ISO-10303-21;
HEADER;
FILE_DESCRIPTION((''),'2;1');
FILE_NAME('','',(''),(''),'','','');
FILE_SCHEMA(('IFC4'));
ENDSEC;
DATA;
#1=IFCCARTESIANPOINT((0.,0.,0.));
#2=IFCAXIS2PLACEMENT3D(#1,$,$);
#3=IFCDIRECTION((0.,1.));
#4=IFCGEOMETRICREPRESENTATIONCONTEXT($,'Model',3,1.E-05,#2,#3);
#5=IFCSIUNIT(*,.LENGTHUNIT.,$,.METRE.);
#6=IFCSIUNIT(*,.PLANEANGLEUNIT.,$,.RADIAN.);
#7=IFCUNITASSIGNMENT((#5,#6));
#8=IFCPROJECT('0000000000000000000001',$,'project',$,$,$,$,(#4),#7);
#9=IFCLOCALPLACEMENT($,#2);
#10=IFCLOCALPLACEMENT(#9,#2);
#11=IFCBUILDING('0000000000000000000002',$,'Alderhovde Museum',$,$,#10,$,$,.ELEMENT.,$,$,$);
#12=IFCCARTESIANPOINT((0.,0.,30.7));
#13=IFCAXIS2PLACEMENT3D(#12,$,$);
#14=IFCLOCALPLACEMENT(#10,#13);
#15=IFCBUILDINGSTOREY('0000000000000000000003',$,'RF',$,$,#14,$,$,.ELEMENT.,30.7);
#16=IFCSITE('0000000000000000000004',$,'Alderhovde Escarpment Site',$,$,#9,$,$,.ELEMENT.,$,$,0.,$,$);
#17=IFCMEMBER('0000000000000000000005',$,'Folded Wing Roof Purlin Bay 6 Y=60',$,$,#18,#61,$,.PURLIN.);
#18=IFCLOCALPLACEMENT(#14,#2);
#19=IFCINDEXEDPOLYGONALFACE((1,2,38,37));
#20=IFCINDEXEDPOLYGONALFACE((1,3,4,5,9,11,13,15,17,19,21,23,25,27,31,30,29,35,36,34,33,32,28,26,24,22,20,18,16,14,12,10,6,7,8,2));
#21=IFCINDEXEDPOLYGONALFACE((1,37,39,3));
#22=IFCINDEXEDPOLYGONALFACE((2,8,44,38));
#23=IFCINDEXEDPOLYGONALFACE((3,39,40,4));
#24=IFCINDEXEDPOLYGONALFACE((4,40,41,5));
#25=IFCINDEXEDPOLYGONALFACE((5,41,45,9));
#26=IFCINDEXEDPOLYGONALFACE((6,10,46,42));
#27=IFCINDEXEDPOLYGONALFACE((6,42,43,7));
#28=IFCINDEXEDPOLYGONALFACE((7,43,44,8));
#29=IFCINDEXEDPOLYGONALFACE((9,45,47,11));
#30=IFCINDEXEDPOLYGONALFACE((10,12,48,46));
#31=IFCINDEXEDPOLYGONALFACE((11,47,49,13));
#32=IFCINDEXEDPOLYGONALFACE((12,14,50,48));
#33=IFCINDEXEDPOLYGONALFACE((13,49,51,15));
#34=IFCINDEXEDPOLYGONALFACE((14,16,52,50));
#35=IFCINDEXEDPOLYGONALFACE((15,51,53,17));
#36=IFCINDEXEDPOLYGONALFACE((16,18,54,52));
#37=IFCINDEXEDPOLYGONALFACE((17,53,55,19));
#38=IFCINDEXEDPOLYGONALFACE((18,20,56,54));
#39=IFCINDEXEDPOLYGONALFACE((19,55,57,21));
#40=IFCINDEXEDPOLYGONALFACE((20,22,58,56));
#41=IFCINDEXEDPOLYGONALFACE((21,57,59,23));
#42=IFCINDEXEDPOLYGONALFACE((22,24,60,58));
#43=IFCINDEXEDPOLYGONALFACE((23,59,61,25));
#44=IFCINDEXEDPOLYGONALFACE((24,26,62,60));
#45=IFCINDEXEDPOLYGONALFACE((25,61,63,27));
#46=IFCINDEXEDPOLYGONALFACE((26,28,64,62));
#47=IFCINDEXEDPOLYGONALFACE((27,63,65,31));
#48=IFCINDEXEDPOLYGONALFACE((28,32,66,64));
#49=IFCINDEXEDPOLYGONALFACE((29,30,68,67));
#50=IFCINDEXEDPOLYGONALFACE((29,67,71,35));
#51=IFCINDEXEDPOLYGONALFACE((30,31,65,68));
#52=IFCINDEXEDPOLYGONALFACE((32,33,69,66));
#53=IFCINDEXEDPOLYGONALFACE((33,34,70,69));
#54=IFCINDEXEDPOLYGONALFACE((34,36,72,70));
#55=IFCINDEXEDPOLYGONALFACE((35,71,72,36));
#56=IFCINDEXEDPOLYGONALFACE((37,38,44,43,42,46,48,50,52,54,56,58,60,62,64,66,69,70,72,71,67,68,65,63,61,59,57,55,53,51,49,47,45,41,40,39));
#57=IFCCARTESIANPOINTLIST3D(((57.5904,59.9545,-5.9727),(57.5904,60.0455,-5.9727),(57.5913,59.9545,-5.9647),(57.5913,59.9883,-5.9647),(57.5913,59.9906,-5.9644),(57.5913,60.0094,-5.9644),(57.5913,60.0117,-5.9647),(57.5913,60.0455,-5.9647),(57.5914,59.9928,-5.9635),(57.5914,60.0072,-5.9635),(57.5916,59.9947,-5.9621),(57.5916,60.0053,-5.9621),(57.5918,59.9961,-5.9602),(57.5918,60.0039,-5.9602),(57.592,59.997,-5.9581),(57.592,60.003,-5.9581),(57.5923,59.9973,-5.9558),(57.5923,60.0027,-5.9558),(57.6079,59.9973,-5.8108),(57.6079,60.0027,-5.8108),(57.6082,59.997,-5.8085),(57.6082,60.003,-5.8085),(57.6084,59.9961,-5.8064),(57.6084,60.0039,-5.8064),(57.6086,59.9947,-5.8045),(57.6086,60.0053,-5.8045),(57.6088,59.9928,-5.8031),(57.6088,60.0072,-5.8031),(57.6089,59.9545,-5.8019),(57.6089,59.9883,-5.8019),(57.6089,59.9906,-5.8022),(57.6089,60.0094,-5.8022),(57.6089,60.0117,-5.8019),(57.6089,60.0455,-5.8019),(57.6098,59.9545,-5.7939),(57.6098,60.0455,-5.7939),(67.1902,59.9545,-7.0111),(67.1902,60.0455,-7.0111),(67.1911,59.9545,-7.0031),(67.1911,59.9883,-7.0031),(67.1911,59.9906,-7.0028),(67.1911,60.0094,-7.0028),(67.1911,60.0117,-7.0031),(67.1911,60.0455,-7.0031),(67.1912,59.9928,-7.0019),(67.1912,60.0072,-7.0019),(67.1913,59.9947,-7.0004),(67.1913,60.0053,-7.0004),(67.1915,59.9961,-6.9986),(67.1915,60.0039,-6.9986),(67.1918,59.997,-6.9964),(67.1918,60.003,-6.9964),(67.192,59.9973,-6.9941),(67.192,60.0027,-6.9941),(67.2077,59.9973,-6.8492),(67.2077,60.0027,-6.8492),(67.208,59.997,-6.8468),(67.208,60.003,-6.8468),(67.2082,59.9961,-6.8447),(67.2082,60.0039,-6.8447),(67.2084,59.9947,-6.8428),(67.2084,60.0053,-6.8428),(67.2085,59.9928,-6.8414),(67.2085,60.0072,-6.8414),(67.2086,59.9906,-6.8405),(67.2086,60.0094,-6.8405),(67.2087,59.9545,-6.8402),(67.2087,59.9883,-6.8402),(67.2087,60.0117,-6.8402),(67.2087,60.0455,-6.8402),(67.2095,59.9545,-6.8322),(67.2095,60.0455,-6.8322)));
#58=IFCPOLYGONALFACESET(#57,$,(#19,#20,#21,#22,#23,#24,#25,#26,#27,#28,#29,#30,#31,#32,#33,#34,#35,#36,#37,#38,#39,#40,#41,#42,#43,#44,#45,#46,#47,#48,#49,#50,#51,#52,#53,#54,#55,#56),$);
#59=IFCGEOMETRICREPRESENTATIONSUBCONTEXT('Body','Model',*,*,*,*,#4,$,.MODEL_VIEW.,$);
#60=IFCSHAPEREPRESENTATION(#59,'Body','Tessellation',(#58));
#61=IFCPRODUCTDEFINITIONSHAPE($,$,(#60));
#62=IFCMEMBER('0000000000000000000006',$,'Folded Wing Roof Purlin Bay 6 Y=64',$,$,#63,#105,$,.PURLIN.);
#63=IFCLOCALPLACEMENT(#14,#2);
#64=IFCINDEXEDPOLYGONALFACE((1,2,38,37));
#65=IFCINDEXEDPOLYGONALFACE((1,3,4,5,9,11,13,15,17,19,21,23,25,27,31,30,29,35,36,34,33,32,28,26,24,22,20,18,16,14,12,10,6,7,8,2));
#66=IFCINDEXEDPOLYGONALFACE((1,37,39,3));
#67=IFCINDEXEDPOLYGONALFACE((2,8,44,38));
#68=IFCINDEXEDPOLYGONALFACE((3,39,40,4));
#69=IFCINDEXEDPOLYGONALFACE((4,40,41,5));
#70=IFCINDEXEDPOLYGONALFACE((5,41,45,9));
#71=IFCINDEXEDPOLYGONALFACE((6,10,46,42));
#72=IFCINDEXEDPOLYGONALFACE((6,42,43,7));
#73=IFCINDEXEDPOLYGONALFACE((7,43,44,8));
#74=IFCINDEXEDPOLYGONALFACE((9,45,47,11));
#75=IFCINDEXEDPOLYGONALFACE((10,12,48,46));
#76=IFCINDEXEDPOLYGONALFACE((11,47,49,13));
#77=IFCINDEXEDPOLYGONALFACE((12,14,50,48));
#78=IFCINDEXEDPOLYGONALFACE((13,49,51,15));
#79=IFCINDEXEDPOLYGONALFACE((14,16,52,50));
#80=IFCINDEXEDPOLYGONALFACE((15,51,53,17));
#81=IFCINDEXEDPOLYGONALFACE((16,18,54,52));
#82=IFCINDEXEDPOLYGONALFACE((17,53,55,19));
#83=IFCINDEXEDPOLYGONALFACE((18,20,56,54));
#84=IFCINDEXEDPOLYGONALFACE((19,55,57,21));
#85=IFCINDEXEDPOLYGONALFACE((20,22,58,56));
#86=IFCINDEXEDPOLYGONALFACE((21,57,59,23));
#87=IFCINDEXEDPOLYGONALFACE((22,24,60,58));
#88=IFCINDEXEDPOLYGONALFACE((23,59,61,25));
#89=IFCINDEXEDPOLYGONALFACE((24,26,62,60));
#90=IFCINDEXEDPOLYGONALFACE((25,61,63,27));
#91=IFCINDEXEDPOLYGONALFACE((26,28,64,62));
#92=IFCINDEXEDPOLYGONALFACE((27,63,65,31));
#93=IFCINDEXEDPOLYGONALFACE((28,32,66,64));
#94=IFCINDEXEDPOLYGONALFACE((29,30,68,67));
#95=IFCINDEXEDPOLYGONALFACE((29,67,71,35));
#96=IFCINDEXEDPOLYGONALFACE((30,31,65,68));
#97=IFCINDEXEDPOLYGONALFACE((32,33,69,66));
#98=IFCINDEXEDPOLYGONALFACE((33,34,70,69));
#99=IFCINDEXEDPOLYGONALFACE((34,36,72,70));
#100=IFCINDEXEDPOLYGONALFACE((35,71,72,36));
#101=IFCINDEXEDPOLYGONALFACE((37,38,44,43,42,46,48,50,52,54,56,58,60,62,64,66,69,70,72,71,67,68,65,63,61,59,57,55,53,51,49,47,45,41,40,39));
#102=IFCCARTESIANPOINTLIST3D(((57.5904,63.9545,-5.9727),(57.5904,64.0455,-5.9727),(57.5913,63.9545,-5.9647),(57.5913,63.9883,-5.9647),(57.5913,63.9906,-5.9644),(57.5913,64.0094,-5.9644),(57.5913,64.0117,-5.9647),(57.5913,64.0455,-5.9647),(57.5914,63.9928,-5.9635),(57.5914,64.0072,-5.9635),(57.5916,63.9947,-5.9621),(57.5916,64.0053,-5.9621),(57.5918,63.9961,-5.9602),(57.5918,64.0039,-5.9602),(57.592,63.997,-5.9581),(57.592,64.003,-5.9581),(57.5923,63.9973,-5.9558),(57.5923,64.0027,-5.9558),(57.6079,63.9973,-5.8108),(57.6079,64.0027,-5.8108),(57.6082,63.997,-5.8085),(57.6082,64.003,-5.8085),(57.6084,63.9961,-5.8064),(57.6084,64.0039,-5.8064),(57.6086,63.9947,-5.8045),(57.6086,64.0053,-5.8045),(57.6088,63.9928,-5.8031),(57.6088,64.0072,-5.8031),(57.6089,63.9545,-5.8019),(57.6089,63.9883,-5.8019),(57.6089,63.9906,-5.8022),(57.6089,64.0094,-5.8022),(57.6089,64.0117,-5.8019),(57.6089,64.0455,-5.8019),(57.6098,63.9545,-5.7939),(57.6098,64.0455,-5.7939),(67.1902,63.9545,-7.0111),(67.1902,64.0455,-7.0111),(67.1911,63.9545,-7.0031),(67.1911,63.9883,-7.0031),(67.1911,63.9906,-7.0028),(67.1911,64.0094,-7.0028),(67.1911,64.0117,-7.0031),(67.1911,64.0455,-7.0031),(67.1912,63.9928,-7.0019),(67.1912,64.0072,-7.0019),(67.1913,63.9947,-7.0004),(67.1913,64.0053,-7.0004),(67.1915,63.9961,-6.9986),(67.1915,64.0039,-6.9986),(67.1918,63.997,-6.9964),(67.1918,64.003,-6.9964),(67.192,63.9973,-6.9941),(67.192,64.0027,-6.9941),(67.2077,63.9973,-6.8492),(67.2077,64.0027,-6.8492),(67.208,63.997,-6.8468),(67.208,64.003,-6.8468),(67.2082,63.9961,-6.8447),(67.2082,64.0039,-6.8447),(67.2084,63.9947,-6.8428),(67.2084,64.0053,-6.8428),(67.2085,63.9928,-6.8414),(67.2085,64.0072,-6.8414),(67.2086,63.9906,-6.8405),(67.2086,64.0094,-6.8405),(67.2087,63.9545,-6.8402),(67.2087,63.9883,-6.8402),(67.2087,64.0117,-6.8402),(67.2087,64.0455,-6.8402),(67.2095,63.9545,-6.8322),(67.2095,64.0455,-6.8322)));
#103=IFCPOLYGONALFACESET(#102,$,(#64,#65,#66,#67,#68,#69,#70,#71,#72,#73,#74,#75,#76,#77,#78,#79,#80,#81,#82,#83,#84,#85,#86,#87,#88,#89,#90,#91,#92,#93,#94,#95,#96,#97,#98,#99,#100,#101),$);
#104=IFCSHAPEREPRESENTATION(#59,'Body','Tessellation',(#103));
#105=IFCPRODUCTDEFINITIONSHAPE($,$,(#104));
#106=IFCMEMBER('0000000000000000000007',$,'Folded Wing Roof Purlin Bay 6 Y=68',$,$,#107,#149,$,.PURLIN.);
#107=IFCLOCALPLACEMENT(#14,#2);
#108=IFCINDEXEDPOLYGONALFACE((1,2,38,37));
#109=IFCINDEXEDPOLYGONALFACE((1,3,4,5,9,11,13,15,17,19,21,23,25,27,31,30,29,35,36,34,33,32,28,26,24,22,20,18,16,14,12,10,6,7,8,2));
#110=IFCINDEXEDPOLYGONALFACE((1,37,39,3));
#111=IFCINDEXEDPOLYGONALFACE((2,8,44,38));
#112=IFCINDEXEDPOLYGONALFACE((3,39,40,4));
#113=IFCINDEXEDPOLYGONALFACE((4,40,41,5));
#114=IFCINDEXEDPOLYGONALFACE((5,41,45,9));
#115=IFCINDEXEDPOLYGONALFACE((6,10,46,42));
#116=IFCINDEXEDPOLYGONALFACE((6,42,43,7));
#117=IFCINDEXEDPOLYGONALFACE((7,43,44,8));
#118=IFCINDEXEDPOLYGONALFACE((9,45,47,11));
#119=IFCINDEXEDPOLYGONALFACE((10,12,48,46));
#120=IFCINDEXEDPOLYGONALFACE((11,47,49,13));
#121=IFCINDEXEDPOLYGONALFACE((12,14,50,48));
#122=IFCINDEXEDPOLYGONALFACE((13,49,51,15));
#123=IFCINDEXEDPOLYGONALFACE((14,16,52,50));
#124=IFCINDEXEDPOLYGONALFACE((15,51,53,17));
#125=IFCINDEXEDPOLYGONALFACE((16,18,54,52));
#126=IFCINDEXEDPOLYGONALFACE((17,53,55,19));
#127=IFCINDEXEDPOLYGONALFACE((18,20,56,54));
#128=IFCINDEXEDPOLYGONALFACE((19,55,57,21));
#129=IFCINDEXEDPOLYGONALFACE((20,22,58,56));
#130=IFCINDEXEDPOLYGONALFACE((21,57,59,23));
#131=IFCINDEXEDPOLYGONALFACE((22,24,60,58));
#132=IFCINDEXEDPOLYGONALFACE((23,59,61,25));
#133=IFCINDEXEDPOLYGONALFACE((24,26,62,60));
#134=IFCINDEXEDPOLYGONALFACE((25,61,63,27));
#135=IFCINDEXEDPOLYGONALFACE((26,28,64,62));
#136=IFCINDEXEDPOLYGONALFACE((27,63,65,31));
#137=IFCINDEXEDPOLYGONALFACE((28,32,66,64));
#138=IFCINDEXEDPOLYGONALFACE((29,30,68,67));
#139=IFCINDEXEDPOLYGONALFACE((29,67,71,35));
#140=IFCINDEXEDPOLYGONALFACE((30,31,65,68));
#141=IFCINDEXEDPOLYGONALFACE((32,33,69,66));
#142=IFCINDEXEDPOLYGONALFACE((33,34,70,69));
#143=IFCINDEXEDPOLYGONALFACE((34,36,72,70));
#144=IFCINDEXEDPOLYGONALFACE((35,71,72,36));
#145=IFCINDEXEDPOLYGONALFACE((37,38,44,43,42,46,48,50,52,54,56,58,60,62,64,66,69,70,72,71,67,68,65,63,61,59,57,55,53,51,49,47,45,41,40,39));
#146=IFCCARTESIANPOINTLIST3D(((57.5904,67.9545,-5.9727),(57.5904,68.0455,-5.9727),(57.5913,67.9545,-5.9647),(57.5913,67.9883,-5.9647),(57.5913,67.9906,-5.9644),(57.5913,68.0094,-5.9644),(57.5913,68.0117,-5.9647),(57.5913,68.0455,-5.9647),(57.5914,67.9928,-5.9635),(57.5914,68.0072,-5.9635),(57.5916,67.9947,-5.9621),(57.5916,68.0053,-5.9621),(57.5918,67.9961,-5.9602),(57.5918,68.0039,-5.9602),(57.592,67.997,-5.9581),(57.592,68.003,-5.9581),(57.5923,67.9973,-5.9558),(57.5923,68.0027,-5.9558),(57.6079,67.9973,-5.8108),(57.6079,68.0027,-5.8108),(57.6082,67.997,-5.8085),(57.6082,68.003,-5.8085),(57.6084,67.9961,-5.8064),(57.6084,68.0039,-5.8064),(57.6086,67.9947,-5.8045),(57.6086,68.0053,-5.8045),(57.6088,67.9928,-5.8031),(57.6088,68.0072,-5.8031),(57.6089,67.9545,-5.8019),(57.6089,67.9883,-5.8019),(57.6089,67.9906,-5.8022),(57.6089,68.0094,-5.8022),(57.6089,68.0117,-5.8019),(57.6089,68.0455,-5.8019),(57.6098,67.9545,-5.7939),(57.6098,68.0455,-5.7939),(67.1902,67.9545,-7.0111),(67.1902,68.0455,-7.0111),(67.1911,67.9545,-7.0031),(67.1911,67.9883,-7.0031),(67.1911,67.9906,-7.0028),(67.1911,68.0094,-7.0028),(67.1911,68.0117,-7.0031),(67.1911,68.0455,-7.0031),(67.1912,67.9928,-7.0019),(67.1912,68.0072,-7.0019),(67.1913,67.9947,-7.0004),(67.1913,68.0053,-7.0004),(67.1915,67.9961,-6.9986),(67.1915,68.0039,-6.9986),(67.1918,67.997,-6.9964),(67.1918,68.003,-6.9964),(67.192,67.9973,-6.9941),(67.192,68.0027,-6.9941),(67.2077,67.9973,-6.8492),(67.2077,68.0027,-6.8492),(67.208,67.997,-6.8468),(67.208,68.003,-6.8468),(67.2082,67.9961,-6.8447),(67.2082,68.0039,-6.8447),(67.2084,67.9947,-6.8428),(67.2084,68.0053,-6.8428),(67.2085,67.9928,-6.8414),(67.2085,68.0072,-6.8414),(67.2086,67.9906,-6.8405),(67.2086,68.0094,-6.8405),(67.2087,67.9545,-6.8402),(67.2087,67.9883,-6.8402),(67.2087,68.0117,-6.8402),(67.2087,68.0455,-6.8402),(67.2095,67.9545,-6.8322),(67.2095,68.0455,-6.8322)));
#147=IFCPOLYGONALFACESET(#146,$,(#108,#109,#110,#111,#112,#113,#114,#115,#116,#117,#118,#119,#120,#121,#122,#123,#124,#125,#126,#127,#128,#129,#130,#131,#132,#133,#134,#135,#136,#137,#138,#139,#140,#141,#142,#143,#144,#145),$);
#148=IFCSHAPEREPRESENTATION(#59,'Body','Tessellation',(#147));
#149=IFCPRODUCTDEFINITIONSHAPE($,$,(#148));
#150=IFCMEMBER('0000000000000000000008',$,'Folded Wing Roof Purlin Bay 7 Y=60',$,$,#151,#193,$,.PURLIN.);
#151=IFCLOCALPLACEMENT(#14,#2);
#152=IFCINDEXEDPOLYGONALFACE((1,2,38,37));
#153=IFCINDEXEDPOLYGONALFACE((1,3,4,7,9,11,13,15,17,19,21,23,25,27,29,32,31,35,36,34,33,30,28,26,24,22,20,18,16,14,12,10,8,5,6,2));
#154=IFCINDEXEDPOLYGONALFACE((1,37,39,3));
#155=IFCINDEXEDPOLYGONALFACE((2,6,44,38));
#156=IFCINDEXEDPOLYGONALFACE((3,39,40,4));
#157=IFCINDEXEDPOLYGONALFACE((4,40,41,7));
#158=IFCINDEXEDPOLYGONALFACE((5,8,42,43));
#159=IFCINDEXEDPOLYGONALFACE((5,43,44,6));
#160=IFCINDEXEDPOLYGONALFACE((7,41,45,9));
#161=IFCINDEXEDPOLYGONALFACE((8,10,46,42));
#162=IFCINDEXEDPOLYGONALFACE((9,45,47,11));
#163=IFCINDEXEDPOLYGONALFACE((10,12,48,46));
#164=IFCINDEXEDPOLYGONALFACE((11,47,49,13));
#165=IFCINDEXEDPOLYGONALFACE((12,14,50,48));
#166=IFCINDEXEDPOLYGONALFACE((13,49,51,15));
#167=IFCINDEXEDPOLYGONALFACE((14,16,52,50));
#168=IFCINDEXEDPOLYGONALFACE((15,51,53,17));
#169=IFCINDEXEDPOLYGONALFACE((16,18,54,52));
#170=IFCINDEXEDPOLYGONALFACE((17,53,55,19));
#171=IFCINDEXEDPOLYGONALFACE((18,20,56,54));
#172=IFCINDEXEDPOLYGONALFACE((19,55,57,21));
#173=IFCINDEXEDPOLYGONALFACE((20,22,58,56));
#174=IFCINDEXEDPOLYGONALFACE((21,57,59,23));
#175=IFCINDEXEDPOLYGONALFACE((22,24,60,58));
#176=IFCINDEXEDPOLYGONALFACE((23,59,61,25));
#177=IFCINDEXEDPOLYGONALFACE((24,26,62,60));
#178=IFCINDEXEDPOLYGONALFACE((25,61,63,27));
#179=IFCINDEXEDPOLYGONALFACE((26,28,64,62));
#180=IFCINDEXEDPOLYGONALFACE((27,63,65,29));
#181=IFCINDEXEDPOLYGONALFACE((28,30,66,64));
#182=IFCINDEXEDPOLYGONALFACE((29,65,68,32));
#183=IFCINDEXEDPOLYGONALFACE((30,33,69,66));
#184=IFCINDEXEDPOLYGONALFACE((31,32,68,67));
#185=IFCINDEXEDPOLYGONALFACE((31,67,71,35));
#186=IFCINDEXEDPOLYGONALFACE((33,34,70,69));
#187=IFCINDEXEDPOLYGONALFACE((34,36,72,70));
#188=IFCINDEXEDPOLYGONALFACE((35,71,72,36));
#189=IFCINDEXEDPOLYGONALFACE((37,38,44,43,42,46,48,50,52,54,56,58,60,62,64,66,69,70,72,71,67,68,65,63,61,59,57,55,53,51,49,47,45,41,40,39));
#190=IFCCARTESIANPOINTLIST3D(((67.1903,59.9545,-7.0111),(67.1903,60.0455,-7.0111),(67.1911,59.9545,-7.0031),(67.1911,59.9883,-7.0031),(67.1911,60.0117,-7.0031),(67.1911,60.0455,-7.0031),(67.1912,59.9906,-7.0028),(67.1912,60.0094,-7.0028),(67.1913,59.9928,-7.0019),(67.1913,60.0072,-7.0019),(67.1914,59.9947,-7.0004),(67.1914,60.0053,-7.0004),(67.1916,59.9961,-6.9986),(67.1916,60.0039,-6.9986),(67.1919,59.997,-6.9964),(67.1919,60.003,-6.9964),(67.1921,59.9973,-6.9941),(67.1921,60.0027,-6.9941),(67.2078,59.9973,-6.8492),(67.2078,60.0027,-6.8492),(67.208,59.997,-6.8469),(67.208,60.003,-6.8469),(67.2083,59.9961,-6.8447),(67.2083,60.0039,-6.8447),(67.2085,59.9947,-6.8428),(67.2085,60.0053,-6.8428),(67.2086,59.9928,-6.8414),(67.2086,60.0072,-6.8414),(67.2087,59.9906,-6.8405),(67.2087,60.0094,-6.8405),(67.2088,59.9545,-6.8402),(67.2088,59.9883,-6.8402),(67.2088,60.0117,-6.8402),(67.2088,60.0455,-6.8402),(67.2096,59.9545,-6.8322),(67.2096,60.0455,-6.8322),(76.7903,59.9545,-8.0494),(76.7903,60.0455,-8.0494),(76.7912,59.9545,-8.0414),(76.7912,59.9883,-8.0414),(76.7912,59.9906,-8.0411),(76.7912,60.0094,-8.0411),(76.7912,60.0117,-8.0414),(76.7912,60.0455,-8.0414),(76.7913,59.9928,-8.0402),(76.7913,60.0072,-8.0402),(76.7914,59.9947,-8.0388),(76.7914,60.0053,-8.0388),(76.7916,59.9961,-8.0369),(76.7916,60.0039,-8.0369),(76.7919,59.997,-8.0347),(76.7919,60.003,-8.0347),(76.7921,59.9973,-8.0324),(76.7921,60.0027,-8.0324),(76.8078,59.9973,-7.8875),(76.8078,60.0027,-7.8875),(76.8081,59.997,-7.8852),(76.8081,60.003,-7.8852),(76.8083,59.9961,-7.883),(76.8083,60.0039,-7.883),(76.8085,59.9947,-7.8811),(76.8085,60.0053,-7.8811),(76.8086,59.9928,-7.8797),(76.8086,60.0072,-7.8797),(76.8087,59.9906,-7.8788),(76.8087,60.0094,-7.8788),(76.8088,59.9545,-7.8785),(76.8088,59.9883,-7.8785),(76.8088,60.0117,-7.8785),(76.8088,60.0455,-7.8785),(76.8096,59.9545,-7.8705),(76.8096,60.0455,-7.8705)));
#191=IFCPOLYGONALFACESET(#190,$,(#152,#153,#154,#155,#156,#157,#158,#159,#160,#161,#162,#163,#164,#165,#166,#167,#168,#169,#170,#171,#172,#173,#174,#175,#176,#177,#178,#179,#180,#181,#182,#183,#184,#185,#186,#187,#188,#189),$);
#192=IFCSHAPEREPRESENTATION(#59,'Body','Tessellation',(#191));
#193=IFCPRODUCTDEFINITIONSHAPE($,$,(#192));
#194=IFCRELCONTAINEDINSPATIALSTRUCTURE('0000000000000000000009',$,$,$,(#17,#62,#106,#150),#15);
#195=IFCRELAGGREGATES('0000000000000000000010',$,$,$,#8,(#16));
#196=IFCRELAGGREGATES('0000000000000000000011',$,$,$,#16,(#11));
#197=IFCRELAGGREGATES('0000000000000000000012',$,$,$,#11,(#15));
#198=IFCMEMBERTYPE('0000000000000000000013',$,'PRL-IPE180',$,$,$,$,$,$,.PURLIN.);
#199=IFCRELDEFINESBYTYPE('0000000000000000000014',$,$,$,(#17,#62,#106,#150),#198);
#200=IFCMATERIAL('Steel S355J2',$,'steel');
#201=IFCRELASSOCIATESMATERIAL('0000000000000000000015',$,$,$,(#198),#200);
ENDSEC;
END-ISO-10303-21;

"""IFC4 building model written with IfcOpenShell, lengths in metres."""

from ifc_helpers import new_model, si_unit, direction, frame, origin, origin_2d, place, context, subcontext, project, spatial, i_section, extrude, material, material_profile, profile_set, type_object, element, save


model = new_model("IFC4")

# Units and contexts
model_context = context("Model", 3, precision=1e-05, world=origin(), true_north=direction((0.0, 1.0)))
body_context = subcontext(model_context, "Body", "Model", "MODEL_VIEW")
ifc_project = project(units=[si_unit("LENGTHUNIT", "METRE"), si_unit("PLANEANGLEUNIT", "RADIAN")], contexts=[model_context])

# Site, building, storey
site_placement = place(None, origin())
site = spatial("IfcSite", under=ifc_project, at=site_placement, Name="Alderhovde Escarpment Site", CompositionType="ELEMENT", RefElevation=0.0)
building_placement = place(site_placement, origin())
building = spatial("IfcBuilding", under=site, at=building_placement, Name="Alderhovde Museum", CompositionType="ELEMENT")
storey_placement = place(building_placement, frame((0.0, 0.0, 30.7)))
storey = spatial("IfcBuildingStorey", under=building, at=storey_placement, Name="RF", CompositionType="ELEMENT", Elevation=30.7)

# Members
ifc_material_1 = material(Name="Steel S355J2", Category="steel")
ifc_material_profile_1 = material_profile(ifc_material_1, i_section(OverallWidth=0.0911, OverallDepth=0.1799, WebThickness=0.0054, FlangeThickness=0.0081, FilletRadius=0.009, at=origin_2d()), Name="IPE 180")
ifc_profile_set_1 = profile_set([ifc_material_profile_1], Name="Steel S355J2")
member_type_1 = type_object("IfcMemberType", Name="PRL-IPE180", PredefinedType="PURLIN", material=ifc_profile_set_1)
for number, where, z_axis, x_axis, name in (
    (1, (57.6001, 60.0, -5.8833), (0.994201, 0.0, -0.107534), (0.0, 1.0, 0.0), "Folded Wing Roof Purlin Bay 6 Y=60"),
    (2, (57.6001, 64.0, -5.8833), (0.994201, 0.0, -0.107534), (0.0, 1.0, 0.0), "Folded Wing Roof Purlin Bay 6 Y=64"),
    (3, (57.6001, 68.0, -5.8833), (0.994201, 0.0, -0.107534), (0.0, 1.0, 0.0), "Folded Wing Roof Purlin Bay 6 Y=68"),
):
    element("IfcMember", number, at=place(storey_placement, frame(where, z_axis=z_axis, x_axis=x_axis)), inside=storey, type_object=member_type_1, Name=name, PredefinedType="PURLIN", context=body_context, shape_type="SweptSolid", body=[
        extrude(i_section(OverallWidth=0.0911, OverallDepth=0.1799, WebThickness=0.0054, FlangeThickness=0.0081, FilletRadius=0.009, at=origin_2d()), origin(), (0.0, 0.0, 1.0), 9.6558),
    ])
for number, where, z_axis, x_axis, name in (
    (4, (67.2, 60.0, -6.9216), (0.994202, 0.0, -0.107531), (0.0, 1.0, 0.0), "Folded Wing Roof Purlin Bay 7 Y=60"),
):
    element("IfcMember", number, at=place(storey_placement, frame(where, z_axis=z_axis, x_axis=x_axis)), inside=storey, type_object=member_type_1, Name=name, PredefinedType="PURLIN", context=body_context, shape_type="SweptSolid", body=[
        extrude(i_section(OverallWidth=0.0911, OverallDepth=0.1799, WebThickness=0.0054, FlangeThickness=0.0081, FilletRadius=0.009, at=origin_2d()), origin(), (0.0, 0.0, 1.0), 9.656),
    ])

save(model, "model.ifc")
